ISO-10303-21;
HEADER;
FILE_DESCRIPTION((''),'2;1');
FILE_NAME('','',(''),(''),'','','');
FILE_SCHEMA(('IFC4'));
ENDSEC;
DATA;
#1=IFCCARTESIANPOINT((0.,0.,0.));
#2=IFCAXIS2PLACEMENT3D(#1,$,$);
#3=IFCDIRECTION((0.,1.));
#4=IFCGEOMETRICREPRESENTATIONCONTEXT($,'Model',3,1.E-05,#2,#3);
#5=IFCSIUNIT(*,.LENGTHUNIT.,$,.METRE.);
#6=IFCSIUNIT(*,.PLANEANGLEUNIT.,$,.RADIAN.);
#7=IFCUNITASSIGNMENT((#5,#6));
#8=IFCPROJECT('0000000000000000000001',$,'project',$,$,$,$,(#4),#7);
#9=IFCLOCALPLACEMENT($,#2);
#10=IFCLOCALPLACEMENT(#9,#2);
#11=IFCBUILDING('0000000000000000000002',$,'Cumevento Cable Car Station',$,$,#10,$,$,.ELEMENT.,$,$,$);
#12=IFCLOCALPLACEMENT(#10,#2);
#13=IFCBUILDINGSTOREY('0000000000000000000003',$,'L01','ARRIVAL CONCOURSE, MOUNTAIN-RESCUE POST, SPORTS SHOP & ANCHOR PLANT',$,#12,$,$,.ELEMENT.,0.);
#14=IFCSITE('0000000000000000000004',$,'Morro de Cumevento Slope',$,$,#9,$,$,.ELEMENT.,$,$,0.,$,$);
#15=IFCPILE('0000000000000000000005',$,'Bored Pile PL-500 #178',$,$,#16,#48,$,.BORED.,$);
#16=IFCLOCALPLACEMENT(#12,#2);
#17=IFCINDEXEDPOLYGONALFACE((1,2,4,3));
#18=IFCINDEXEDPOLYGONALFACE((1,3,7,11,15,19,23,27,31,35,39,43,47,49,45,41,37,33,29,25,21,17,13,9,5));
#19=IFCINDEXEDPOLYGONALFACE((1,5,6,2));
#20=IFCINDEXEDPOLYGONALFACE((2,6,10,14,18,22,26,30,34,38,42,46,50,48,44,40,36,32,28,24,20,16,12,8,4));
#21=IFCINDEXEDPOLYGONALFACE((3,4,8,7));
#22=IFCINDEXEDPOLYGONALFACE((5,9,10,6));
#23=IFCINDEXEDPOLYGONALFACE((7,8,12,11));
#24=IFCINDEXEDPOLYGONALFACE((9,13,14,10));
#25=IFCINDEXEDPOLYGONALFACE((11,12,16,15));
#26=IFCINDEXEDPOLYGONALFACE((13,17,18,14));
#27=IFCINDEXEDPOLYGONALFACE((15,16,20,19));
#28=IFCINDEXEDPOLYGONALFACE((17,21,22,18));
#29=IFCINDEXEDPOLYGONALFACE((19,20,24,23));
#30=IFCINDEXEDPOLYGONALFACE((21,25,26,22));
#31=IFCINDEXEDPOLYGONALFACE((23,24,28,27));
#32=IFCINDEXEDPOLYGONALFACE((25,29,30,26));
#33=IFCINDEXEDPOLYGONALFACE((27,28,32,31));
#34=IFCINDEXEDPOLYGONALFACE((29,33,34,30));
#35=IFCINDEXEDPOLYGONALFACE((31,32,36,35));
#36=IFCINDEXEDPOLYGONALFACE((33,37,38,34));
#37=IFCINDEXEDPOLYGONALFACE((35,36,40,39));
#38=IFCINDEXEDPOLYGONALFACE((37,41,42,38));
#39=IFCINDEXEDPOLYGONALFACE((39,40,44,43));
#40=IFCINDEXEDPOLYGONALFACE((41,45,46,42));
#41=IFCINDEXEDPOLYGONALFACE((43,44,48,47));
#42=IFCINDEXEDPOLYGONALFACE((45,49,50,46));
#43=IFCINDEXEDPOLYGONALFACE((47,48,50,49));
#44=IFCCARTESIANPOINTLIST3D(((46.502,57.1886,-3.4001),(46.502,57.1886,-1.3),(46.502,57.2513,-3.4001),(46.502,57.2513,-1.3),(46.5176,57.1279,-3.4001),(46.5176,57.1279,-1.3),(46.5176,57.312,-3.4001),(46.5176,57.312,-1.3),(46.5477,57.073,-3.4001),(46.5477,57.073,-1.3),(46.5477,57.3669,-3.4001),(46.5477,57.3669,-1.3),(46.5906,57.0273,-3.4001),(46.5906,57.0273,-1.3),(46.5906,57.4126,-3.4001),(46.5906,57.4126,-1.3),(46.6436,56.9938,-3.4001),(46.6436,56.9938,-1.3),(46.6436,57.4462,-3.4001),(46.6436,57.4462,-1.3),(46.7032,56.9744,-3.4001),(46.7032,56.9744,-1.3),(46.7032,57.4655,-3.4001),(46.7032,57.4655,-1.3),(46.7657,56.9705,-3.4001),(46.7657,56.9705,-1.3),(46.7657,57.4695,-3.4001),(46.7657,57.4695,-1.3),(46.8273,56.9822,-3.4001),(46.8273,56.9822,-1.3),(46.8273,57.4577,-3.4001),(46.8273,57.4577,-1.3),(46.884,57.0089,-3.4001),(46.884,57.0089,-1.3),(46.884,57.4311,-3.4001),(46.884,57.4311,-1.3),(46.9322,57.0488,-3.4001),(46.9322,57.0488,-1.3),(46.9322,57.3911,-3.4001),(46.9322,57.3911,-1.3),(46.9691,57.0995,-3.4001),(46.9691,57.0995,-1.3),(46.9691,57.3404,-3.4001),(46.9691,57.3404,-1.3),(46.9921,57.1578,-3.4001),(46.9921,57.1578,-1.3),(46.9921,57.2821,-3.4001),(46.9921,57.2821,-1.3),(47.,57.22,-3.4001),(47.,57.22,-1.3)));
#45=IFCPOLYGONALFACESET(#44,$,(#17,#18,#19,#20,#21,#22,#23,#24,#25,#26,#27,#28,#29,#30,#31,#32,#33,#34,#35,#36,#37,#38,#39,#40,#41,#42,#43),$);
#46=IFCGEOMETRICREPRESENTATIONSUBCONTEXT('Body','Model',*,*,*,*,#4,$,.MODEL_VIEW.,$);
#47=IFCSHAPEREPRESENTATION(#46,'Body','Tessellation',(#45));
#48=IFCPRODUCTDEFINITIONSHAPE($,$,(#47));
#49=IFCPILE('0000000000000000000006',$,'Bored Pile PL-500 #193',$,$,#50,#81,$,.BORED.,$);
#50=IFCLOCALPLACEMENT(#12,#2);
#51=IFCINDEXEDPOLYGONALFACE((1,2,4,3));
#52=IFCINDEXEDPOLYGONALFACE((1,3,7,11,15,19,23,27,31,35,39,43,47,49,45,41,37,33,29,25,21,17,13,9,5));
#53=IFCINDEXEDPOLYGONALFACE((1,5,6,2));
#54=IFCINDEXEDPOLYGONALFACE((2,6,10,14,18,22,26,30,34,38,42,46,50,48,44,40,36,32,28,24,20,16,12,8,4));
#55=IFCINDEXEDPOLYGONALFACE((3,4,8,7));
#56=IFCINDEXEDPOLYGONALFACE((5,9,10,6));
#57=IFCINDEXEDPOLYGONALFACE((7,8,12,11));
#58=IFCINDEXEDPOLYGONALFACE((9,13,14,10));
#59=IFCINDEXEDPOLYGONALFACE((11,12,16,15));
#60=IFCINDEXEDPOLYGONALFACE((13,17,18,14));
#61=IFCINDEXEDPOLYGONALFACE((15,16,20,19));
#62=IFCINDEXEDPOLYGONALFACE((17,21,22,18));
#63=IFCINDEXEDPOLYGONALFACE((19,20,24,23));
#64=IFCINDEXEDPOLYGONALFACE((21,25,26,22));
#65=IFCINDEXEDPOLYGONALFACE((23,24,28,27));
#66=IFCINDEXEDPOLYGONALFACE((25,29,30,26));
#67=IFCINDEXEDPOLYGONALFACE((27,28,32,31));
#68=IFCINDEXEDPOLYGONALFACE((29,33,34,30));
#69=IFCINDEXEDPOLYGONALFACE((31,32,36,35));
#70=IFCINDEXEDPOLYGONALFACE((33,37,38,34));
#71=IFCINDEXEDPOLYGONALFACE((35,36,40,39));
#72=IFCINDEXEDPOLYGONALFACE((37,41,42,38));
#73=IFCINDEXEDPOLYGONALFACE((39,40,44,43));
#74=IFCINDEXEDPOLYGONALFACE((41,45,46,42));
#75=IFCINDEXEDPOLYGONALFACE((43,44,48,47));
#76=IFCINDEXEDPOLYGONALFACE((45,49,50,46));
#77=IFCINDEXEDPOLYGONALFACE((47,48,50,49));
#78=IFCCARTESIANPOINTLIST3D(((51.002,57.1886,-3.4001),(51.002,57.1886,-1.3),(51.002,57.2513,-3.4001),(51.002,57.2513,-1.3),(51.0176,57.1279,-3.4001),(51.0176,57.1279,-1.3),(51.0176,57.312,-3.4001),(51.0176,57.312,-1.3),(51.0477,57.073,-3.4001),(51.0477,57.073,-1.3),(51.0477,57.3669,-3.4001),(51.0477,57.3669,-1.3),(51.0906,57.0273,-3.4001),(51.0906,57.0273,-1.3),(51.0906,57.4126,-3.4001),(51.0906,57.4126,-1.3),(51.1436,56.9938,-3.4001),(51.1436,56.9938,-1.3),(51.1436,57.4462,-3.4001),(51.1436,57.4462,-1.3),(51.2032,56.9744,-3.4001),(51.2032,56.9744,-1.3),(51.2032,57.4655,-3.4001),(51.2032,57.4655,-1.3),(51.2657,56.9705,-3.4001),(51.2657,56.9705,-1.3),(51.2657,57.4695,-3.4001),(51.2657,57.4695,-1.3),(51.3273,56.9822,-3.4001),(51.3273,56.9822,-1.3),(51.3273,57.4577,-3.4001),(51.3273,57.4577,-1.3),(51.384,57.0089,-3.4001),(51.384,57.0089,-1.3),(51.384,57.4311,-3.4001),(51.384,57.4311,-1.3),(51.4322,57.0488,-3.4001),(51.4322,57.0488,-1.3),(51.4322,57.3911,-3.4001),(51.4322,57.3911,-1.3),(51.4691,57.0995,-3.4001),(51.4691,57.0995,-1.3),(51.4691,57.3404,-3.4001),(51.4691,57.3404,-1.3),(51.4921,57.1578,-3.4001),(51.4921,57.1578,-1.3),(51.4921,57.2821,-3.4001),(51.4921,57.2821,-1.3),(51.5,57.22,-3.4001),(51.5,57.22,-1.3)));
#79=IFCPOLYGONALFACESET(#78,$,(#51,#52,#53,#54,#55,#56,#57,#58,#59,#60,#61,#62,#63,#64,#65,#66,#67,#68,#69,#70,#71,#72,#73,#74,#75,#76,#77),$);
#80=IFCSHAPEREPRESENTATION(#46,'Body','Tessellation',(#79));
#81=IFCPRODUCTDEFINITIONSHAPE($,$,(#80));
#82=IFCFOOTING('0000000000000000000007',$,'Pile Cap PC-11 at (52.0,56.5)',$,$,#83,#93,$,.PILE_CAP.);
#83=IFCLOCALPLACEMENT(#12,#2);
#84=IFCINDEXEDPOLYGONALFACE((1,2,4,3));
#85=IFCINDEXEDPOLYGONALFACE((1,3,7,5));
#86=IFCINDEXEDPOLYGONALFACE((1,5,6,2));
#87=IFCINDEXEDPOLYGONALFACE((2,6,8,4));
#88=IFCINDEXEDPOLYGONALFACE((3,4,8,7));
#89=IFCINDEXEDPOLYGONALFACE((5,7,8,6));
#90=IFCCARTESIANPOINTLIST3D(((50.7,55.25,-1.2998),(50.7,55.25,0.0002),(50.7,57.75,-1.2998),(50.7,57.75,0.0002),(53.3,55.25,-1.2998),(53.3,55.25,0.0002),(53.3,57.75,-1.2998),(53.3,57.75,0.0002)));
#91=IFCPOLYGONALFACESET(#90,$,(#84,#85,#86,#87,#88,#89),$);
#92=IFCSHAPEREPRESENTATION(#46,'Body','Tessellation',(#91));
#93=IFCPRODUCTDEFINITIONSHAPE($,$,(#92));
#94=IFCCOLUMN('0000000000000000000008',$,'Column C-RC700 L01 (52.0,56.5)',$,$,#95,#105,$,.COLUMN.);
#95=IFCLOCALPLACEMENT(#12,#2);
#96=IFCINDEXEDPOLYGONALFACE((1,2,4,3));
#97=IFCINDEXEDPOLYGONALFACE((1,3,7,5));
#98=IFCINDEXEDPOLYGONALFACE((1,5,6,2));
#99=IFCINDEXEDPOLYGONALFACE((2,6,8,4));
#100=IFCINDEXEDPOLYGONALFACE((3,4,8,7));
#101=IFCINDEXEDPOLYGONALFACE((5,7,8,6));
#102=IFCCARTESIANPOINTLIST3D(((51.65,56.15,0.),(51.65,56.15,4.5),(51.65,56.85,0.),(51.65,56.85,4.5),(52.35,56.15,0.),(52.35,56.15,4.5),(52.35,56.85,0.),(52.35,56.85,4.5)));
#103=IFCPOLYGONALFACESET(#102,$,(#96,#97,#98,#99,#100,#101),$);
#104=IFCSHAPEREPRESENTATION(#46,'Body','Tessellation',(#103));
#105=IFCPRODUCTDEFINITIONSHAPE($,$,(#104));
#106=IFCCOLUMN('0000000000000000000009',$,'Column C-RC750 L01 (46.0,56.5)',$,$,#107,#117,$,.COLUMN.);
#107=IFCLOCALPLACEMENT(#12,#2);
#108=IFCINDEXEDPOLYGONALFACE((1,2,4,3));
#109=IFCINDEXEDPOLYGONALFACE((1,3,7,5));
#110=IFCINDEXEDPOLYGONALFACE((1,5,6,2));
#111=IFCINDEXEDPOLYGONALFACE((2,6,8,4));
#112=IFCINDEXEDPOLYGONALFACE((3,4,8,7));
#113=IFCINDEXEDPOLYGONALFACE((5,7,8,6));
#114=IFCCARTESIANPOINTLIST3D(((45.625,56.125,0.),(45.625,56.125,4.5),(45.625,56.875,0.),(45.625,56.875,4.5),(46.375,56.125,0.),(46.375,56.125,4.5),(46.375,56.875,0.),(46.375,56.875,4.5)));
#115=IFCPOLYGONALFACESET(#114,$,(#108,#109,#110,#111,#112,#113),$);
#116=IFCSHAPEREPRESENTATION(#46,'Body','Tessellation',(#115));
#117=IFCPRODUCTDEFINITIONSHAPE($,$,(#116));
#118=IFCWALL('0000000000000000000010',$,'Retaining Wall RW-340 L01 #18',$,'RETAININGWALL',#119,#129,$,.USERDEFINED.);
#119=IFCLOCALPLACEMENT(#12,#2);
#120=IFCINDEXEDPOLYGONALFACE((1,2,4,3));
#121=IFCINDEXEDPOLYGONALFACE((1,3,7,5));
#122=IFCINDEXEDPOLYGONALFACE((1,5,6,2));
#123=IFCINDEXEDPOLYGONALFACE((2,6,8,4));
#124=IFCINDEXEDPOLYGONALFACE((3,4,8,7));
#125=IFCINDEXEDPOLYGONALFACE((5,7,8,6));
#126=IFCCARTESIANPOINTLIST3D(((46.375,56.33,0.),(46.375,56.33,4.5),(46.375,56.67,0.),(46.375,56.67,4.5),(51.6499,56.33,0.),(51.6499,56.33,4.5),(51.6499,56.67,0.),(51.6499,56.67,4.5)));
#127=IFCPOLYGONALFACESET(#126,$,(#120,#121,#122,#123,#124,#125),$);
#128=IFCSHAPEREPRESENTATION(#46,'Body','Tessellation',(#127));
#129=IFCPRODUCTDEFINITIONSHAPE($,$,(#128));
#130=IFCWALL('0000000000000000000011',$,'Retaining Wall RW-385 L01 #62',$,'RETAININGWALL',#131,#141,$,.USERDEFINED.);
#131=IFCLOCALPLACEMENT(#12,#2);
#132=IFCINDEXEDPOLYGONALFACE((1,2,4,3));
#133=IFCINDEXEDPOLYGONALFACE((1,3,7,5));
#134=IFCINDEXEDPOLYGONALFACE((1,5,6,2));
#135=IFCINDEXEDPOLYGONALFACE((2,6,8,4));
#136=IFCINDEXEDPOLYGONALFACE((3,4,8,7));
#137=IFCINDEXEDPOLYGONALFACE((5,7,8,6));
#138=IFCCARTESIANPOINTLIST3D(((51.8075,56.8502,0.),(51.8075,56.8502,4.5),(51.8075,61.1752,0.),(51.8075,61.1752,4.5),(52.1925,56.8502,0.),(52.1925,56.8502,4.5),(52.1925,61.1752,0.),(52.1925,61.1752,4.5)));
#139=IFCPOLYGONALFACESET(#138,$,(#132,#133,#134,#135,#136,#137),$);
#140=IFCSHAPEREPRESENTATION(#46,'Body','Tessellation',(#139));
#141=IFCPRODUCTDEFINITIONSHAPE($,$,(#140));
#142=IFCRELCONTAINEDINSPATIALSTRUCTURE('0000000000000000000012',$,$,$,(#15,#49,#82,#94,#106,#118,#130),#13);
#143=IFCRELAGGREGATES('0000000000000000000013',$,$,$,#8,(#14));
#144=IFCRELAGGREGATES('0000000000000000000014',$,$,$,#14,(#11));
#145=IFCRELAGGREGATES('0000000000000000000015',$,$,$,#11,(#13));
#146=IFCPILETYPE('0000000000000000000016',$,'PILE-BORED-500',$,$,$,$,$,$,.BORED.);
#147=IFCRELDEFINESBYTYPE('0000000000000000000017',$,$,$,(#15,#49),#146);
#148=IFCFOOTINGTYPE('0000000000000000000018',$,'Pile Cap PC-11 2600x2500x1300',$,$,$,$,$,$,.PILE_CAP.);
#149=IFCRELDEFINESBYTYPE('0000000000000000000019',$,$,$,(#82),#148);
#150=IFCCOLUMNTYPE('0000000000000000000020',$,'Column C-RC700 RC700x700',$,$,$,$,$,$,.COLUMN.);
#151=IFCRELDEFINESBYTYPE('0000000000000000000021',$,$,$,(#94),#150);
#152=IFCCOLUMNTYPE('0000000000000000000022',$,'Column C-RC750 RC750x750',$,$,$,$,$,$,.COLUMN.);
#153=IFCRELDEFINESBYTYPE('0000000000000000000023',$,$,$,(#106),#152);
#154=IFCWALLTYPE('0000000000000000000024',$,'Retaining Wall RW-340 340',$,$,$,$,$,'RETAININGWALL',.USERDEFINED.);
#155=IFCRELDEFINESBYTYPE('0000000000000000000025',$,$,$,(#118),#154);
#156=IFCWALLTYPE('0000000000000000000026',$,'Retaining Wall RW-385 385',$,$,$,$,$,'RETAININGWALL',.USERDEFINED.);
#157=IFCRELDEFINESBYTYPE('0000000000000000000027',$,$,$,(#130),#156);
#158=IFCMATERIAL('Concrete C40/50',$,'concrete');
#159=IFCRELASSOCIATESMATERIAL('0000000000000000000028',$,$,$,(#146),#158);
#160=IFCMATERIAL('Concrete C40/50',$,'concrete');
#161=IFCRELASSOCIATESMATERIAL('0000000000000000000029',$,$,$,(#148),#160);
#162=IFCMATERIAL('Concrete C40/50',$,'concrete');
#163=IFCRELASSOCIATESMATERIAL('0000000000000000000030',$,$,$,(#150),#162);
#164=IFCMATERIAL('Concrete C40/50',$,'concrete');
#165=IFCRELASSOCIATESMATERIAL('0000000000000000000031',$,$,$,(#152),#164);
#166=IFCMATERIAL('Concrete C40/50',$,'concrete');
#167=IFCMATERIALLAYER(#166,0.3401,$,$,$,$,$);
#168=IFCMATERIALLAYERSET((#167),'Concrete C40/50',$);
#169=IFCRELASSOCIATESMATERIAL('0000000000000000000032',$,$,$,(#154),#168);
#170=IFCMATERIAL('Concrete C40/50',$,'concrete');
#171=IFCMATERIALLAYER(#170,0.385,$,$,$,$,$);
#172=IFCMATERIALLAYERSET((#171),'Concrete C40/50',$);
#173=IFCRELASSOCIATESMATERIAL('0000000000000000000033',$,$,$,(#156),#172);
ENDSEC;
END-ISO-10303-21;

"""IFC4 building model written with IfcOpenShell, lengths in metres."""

from ifc_helpers import new_model, si_unit, direction, frame, frame_2d, origin, origin_2d, place, context, subcontext, project, spatial, rectangle, circle, extrude, material, layer, layer_set, material_profile, profile_set, type_object, element, save


model = new_model("IFC4")

# Units and contexts
model_context = context("Model", 3, precision=1e-05, world=origin(), true_north=direction((0.0, 1.0)))
body_context = subcontext(model_context, "Body", "Model", "MODEL_VIEW")
ifc_project = project(units=[si_unit("LENGTHUNIT", "METRE"), si_unit("PLANEANGLEUNIT", "RADIAN")], contexts=[model_context])

# Site, building, storey
site_placement = place(None, origin())
site = spatial("IfcSite", under=ifc_project, at=site_placement, Name="Morro de Cumevento Slope", CompositionType="ELEMENT", RefElevation=0.0)
building_placement = place(site_placement, origin())
building = spatial("IfcBuilding", under=site, at=building_placement, Name="Cumevento Cable Car Station", CompositionType="ELEMENT")
storey_placement = place(building_placement, origin())
storey = spatial("IfcBuildingStorey", under=building, at=storey_placement, Name="L01", Description="ARRIVAL CONCOURSE, MOUNTAIN-RESCUE POST, SPORTS SHOP & ANCHOR PLANT", CompositionType="ELEMENT", Elevation=0.0)

# Piles
ifc_material_1 = material(Name="Concrete C40/50", Category="concrete")
ifc_material_profile_1 = material_profile(ifc_material_1, circle(Radius=0.25, at=origin_2d()), Name="PILE-D500")
ifc_profile_set_1 = profile_set([ifc_material_profile_1], Name="Concrete C40/50")
pile_type_1 = type_object("IfcPileType", Name="PILE-BORED-500", PredefinedType="BORED", material=ifc_profile_set_1)
for number, where, z_axis, x_axis, name in (
    (1, (46.75, 57.22, -1.3), (0.0, 0.0, -1.0), (1.0, 0.0, 0.0), "Bored Pile PL-500 #178"),
    (2, (51.25, 57.22, -1.3), (0.0, 0.0, -1.0), (1.0, 0.0, 0.0), "Bored Pile PL-500 #193"),
):
    element("IfcPile", number, at=place(storey_placement, frame(where, z_axis=z_axis, x_axis=x_axis)), inside=storey, type_object=pile_type_1, Name=name, PredefinedType="BORED", context=body_context, shape_type="SweptSolid", body=[
        extrude(circle(Radius=0.25, at=origin_2d()), origin(), (0.0, 0.0, 1.0), 2.1001),
    ])

# Footing
ifc_material_2 = material(Name="Concrete C40/50", Category="concrete")
footing_type = type_object("IfcFootingType", Name="Pile Cap PC-11 2600x2500x1300", PredefinedType="PILE_CAP", material=ifc_material_2)
footing_placement = place(storey_placement, frame((52.0, 56.5, -1.2998), z_axis=(0.0, 0.0, 1.0), x_axis=(1.0, 0.0, 0.0)))
element("IfcFooting", 3, at=footing_placement, inside=storey, type_object=footing_type, Name="Pile Cap PC-11 at (52.0,56.5)", PredefinedType="PILE_CAP", context=body_context, shape_type="SweptSolid", body=[
    extrude(rectangle(XDim=2.6001, YDim=2.5, at=origin_2d()), origin(), (0.0, 0.0, 1.0), 1.3),
])

# Columns
ifc_material_3 = material(Name="Concrete C40/50", Category="concrete")
ifc_material_profile_2 = material_profile(ifc_material_3, rectangle(XDim=0.7, YDim=0.7, at=origin_2d()), Name="RC700x700")
ifc_profile_set_2 = profile_set([ifc_material_profile_2], Name="Concrete C40/50")
column_type_1 = type_object("IfcColumnType", Name="Column C-RC700 RC700x700", PredefinedType="COLUMN", material=ifc_profile_set_2)
column_1_placement = place(storey_placement, frame((52.0, 56.5, 0.0), z_axis=(0.0, 0.0, 1.0), x_axis=(1.0, 0.0, 0.0)))
element("IfcColumn", 4, at=column_1_placement, inside=storey, type_object=column_type_1, Name="Column C-RC700 L01 (52.0,56.5)", PredefinedType="COLUMN", context=body_context, shape_type="SweptSolid", body=[
    extrude(rectangle(XDim=0.7, YDim=0.7, at=origin_2d()), origin(), (0.0, 0.0, 1.0), 4.5),
])
ifc_material_4 = material(Name="Concrete C40/50", Category="concrete")
ifc_material_profile_3 = material_profile(ifc_material_4, rectangle(XDim=0.75, YDim=0.75, at=origin_2d()), Name="RC750x750")
ifc_profile_set_3 = profile_set([ifc_material_profile_3], Name="Concrete C40/50")
column_type_2 = type_object("IfcColumnType", Name="Column C-RC750 RC750x750", PredefinedType="COLUMN", material=ifc_profile_set_3)
column_2_placement = place(storey_placement, frame((46.0, 56.5, 0.0), z_axis=(0.0, 0.0, 1.0), x_axis=(1.0, 0.0, 0.0)))
element("IfcColumn", 5, at=column_2_placement, inside=storey, type_object=column_type_2, Name="Column C-RC750 L01 (46.0,56.5)", PredefinedType="COLUMN", context=body_context, shape_type="SweptSolid", body=[
    extrude(rectangle(XDim=0.75, YDim=0.75, at=origin_2d()), origin(), (0.0, 0.0, 1.0), 4.5),
])

# Walls
ifc_material_5 = material(Name="Concrete C40/50", Category="concrete")
ifc_layer_1 = layer(ifc_material_5, 0.3401)
ifc_layer_set_1 = layer_set([ifc_layer_1], Name="Concrete C40/50")
wall_type_1 = type_object("IfcWallType", Name="Retaining Wall RW-340 340", ElementType="RETAININGWALL", PredefinedType="USERDEFINED", material=ifc_layer_set_1)
wall_1_placement = place(storey_placement, frame((46.375, 56.5, 0.0), z_axis=(0.0, 0.0, 1.0), x_axis=(1.0, 0.0, 0.0)))
element("IfcWall", 6, at=wall_1_placement, inside=storey, type_object=wall_type_1, Name="Retaining Wall RW-340 L01 #18", ObjectType="RETAININGWALL", PredefinedType="USERDEFINED", context=body_context, shape_type="SweptSolid", body=[
    extrude(rectangle(XDim=5.2749, YDim=0.3401, at=frame_2d((2.6375, 0.0))), origin(), (0.0, 0.0, 1.0), 4.5),
])
ifc_material_6 = material(Name="Concrete C40/50", Category="concrete")
ifc_layer_2 = layer(ifc_material_6, 0.385)
ifc_layer_set_2 = layer_set([ifc_layer_2], Name="Concrete C40/50")
wall_type_2 = type_object("IfcWallType", Name="Retaining Wall RW-385 385", ElementType="RETAININGWALL", PredefinedType="USERDEFINED", material=ifc_layer_set_2)
wall_2_placement = place(storey_placement, frame((52.0, 56.8501, 0.0), z_axis=(0.0, 0.0, 1.0), x_axis=(0.0, 1.0, 0.0)))
element("IfcWall", 7, at=wall_2_placement, inside=storey, type_object=wall_type_2, Name="Retaining Wall RW-385 L01 #62", ObjectType="RETAININGWALL", PredefinedType="USERDEFINED", context=body_context, shape_type="SweptSolid", body=[
    extrude(rectangle(XDim=4.325, YDim=0.385, at=frame_2d((2.1626, 0.0))), origin(), (0.0, 0.0, 1.0), 4.5),
])

save(model, "model.ifc")
